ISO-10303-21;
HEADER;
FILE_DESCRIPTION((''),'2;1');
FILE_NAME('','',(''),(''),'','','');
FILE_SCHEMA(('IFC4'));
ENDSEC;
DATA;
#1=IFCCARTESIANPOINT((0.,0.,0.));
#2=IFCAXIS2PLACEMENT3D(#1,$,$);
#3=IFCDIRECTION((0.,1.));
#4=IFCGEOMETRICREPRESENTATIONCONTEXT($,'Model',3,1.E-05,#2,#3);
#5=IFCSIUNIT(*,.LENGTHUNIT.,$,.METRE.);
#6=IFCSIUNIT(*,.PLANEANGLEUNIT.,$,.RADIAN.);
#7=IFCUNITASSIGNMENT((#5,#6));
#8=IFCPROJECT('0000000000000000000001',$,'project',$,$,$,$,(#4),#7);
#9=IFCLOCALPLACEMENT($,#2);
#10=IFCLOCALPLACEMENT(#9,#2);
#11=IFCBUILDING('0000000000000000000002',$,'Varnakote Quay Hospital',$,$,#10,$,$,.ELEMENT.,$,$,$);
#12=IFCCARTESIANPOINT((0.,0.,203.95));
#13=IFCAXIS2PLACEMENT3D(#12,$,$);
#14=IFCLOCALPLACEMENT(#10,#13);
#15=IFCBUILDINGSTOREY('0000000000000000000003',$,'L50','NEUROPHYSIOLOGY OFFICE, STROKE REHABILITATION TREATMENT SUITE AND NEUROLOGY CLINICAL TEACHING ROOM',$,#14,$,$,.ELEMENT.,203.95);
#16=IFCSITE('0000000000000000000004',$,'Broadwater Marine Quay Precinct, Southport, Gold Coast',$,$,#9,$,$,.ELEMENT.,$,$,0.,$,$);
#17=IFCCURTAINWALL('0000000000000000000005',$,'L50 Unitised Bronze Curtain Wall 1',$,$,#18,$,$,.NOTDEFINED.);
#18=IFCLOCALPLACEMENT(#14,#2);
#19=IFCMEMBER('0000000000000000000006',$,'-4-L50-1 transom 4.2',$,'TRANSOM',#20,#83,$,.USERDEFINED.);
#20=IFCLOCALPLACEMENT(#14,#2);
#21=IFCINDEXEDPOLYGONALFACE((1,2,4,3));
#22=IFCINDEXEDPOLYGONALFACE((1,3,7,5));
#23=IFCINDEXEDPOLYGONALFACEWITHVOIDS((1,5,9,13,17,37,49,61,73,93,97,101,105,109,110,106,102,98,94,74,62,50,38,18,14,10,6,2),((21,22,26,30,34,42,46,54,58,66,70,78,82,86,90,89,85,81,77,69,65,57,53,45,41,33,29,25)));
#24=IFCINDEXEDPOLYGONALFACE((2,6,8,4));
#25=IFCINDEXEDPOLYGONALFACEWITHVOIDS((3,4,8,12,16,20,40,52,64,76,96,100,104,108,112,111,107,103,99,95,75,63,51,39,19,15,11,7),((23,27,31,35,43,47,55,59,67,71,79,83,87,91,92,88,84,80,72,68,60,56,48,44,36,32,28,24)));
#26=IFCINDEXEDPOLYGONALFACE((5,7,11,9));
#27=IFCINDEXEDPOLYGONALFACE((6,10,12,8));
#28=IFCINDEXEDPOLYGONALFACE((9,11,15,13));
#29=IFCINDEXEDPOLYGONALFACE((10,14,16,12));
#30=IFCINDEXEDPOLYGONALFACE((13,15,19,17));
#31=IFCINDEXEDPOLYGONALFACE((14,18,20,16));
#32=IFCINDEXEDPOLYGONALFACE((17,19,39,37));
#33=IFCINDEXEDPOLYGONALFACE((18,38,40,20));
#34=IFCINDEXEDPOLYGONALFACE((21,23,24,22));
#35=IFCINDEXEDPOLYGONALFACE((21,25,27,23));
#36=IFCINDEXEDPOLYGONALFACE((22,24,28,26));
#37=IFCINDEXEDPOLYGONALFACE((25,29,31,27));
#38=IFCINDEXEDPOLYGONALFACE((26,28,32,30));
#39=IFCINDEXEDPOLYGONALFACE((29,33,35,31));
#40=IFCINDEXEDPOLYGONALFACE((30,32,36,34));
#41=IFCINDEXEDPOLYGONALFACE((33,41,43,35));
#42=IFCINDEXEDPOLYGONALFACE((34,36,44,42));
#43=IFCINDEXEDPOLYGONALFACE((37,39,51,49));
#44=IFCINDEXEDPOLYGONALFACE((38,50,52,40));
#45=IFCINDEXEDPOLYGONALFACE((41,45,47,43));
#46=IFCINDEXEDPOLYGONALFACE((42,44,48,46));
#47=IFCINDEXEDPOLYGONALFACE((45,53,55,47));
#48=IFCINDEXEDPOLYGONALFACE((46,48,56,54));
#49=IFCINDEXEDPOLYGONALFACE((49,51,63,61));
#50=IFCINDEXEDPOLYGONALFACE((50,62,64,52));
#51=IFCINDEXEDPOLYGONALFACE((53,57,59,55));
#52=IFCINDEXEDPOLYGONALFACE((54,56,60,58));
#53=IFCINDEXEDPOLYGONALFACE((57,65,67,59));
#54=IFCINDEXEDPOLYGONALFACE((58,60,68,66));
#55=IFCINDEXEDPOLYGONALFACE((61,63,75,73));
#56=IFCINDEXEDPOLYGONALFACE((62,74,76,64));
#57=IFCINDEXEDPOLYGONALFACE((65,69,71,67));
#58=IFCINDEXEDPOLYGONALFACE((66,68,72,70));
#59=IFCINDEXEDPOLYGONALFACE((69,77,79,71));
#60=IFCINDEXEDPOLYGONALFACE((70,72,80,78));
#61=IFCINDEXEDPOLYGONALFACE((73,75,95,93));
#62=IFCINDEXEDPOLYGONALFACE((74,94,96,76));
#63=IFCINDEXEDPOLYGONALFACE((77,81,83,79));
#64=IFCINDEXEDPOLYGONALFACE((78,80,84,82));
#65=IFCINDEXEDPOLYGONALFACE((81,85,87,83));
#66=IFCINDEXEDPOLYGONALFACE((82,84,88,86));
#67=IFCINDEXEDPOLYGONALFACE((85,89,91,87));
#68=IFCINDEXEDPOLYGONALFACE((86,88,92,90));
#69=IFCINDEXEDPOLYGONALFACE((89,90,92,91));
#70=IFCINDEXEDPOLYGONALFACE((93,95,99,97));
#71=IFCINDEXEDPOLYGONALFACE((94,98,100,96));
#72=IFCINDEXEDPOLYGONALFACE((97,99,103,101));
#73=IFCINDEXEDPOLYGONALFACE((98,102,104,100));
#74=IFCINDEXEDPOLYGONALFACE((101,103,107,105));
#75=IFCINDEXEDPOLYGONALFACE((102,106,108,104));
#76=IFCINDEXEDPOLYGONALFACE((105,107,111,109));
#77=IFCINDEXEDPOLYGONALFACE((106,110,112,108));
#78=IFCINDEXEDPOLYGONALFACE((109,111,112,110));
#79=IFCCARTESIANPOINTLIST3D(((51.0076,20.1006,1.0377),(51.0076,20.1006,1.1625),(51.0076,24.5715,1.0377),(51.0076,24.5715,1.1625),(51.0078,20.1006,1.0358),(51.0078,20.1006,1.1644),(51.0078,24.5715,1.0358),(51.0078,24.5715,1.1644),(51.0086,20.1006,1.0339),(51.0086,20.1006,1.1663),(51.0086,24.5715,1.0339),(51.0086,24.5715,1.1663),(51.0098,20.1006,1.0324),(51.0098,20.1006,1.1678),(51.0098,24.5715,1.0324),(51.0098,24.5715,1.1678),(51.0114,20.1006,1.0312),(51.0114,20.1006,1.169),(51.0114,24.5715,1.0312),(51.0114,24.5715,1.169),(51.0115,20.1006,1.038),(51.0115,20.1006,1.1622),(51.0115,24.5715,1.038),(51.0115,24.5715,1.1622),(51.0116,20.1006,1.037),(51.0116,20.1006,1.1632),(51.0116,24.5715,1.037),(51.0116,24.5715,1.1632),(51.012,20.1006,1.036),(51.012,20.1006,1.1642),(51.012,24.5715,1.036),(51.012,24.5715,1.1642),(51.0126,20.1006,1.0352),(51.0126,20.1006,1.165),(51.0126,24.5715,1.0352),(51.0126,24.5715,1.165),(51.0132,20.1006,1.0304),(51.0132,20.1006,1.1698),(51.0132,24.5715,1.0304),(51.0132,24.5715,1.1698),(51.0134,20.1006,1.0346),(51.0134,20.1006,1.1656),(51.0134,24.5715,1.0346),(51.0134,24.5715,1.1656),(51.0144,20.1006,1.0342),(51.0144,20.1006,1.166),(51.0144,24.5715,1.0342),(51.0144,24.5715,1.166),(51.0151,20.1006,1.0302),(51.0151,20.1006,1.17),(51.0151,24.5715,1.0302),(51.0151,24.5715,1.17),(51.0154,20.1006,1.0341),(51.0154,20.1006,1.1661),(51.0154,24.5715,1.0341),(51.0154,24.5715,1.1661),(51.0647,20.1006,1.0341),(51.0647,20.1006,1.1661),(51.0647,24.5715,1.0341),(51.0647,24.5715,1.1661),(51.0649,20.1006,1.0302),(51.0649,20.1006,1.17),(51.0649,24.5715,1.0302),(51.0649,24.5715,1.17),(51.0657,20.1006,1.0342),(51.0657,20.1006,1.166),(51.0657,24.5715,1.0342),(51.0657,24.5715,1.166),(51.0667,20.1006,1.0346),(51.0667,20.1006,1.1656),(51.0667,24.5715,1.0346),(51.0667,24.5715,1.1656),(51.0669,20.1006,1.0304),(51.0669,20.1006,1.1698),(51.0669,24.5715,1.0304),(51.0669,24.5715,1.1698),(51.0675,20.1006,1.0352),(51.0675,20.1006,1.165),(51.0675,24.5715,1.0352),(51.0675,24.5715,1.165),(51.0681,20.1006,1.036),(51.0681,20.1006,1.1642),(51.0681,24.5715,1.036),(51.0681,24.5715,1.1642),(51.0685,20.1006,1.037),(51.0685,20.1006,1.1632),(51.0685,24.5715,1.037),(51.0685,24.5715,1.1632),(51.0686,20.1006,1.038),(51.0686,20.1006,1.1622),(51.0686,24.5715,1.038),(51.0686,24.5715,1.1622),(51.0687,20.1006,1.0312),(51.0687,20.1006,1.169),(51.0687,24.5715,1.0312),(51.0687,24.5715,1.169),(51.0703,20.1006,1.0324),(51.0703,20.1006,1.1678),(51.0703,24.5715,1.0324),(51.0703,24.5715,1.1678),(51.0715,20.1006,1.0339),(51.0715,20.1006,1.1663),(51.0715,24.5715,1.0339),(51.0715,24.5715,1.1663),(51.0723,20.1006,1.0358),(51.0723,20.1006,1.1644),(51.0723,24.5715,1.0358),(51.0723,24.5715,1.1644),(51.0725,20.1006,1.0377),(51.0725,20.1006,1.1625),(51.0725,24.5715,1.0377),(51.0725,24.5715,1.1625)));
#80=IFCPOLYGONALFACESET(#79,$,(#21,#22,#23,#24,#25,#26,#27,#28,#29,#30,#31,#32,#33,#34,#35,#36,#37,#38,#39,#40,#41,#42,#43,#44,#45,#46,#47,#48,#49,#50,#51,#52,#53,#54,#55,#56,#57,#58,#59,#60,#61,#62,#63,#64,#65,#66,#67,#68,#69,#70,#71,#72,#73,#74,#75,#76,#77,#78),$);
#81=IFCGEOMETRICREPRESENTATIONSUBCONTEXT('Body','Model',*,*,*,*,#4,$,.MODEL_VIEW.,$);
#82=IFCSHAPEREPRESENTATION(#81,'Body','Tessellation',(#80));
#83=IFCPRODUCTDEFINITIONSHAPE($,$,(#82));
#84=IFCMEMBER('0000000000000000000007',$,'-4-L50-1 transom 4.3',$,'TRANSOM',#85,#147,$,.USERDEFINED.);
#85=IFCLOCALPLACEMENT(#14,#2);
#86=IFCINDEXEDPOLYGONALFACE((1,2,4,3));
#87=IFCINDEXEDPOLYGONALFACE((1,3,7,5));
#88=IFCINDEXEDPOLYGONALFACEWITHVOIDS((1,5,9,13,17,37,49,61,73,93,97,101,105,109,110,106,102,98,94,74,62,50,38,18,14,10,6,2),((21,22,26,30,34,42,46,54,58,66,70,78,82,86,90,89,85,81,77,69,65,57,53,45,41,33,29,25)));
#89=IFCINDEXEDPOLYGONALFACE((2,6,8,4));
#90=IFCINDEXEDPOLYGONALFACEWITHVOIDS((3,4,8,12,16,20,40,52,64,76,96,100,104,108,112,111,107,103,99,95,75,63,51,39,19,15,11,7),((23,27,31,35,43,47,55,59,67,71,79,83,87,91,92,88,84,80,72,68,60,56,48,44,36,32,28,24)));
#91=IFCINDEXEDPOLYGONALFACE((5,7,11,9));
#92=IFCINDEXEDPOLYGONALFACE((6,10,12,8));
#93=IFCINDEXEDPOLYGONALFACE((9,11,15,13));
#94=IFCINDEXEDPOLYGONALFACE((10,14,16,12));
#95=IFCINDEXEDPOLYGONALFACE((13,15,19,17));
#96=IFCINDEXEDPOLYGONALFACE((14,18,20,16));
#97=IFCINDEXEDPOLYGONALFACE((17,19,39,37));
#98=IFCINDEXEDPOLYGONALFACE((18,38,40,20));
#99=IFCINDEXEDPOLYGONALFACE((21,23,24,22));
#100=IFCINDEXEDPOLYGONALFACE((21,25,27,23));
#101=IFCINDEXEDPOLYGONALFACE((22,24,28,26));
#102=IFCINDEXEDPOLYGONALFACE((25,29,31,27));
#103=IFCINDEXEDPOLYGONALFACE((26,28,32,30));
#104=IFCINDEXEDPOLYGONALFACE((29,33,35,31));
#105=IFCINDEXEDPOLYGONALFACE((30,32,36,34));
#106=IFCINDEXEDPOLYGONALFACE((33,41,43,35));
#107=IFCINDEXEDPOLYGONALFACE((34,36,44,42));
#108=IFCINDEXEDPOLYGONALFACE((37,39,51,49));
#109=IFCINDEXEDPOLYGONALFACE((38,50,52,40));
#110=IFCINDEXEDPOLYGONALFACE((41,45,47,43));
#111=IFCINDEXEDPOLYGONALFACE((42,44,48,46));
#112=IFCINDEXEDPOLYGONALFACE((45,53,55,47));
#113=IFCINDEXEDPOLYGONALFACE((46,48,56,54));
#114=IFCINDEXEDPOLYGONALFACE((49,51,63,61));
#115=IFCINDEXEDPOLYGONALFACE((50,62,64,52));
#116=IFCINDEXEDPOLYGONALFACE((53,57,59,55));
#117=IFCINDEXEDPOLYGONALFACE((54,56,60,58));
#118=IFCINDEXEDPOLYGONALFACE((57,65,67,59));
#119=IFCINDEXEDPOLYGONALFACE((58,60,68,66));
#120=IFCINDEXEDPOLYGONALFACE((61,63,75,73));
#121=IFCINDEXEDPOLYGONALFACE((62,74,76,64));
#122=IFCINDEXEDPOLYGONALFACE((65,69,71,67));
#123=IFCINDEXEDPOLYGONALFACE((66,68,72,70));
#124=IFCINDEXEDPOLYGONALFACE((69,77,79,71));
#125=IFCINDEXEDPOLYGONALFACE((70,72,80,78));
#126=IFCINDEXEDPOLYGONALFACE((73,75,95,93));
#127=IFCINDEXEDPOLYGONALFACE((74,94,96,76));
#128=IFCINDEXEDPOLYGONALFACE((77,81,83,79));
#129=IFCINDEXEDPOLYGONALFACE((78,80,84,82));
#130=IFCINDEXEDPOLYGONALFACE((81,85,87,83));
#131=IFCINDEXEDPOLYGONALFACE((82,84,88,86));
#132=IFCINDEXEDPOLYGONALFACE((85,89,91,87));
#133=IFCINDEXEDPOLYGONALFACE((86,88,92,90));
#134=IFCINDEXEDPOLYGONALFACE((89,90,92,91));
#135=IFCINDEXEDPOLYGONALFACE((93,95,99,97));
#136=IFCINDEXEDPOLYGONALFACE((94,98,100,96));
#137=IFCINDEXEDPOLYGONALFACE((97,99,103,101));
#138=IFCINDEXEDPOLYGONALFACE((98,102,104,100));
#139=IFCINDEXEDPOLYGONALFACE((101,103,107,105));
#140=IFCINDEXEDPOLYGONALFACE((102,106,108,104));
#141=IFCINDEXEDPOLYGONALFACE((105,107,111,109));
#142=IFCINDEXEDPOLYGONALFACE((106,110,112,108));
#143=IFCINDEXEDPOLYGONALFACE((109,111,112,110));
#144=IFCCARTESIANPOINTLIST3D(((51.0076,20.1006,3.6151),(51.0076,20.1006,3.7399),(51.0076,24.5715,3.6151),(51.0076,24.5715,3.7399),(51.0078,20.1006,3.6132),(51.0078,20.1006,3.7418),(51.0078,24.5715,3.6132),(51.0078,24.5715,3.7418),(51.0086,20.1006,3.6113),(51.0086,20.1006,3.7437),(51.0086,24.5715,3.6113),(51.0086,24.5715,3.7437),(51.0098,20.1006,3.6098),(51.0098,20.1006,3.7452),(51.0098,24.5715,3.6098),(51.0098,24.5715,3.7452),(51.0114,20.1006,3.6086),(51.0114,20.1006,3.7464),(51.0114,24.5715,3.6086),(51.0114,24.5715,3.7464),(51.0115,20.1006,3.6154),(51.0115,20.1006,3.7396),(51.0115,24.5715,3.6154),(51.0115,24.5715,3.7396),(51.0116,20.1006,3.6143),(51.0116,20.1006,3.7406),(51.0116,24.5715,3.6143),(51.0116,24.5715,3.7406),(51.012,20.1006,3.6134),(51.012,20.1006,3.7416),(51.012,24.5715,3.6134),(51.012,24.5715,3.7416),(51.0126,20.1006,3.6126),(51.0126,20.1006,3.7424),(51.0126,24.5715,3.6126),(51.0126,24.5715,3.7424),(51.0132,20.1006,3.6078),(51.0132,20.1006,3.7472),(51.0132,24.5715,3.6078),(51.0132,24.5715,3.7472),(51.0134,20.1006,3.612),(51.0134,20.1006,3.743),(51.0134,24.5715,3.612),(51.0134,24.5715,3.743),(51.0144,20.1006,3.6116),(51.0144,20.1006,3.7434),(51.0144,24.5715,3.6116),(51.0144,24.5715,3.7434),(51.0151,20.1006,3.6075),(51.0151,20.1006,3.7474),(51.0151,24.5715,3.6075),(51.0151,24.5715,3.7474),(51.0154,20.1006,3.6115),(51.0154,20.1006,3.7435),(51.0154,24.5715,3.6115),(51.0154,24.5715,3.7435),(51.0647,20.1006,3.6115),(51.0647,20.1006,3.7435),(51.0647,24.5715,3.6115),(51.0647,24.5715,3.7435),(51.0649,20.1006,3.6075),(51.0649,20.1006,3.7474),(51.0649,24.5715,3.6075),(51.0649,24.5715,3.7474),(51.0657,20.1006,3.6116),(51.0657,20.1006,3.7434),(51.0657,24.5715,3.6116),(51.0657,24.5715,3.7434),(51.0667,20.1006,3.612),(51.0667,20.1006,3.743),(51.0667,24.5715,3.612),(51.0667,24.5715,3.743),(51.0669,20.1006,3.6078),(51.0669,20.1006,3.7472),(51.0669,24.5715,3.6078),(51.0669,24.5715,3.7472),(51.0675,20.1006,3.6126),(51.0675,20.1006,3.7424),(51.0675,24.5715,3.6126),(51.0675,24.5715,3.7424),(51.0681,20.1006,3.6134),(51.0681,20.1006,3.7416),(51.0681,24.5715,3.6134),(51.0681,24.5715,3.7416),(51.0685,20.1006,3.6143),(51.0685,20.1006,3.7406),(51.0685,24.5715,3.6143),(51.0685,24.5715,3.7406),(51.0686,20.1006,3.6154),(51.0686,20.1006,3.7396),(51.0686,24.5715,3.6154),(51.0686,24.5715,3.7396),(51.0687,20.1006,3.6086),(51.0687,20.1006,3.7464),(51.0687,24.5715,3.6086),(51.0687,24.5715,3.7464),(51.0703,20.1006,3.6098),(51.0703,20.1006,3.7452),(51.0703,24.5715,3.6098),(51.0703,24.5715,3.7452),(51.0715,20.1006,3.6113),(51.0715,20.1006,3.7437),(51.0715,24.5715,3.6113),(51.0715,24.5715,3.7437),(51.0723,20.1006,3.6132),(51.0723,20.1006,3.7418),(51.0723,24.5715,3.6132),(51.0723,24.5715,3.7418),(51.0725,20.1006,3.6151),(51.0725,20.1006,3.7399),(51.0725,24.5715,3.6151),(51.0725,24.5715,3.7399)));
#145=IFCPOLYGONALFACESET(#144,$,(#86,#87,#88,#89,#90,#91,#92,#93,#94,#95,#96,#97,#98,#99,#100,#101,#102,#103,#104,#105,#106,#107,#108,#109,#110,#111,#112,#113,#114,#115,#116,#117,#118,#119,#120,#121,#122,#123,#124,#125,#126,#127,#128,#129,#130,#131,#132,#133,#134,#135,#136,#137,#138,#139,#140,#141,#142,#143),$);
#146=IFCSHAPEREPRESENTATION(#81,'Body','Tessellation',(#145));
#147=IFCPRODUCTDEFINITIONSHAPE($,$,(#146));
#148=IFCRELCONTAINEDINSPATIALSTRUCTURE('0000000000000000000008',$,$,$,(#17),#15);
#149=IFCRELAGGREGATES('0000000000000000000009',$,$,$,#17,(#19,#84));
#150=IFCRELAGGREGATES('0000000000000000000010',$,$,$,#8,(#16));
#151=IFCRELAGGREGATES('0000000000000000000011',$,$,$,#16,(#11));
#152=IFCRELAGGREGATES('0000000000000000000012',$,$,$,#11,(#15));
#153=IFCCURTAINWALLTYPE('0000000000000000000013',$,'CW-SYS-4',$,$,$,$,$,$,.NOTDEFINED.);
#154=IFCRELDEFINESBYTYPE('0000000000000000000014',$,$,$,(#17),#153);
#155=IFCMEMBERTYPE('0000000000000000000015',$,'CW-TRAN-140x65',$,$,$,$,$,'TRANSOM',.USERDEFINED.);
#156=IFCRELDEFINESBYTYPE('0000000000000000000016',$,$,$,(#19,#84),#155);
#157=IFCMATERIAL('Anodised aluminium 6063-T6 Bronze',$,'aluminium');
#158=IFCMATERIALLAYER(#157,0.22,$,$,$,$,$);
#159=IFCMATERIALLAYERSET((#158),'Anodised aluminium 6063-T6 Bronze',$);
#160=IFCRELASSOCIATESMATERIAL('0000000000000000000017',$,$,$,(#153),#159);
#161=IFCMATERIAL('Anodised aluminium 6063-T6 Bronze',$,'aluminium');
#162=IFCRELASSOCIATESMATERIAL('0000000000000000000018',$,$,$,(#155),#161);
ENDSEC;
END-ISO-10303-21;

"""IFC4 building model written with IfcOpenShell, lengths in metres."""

from ifc_helpers import new_model, si_unit, direction, frame, origin, origin_2d, place, context, subcontext, project, spatial, hollow_rectangle, extrude, material, layer, layer_set, material_profile, profile_set, type_object, element, aggregate, save


model = new_model("IFC4")

# Units and contexts
model_context = context("Model", 3, precision=1e-05, world=origin(), true_north=direction((0.0, 1.0)))
body_context = subcontext(model_context, "Body", "Model", "MODEL_VIEW")
ifc_project = project(units=[si_unit("LENGTHUNIT", "METRE"), si_unit("PLANEANGLEUNIT", "RADIAN")], contexts=[model_context])

# Site, building, storey
site_placement = place(None, origin())
site = spatial("IfcSite", under=ifc_project, at=site_placement, Name="Broadwater Marine Quay Precinct, Southport, Gold Coast", CompositionType="ELEMENT", RefElevation=0.0)
building_placement = place(site_placement, origin())
building = spatial("IfcBuilding", under=site, at=building_placement, Name="Varnakote Quay Hospital", CompositionType="ELEMENT")
storey_placement = place(building_placement, frame((0.0, 0.0, 203.95)))
storey = spatial("IfcBuildingStorey", under=building, at=storey_placement, Name="L50", Description="NEUROPHYSIOLOGY OFFICE, STROKE REHABILITATION TREATMENT SUITE AND NEUROLOGY CLINICAL TEACHING ROOM", CompositionType="ELEMENT", Elevation=203.95)

# Curtain wall
ifc_material_1 = material(Name="Anodised aluminium 6063-T6 Bronze", Category="aluminium")
ifc_layer_1 = layer(ifc_material_1, 0.22)
ifc_layer_set_1 = layer_set([ifc_layer_1], Name="Anodised aluminium 6063-T6 Bronze")
curtain_wall_type = type_object("IfcCurtainWallType", Name="CW-SYS-4", PredefinedType="NOTDEFINED", material=ifc_layer_set_1)
curtain_wall_1_placement = place(storey_placement, origin())
curtain_wall_1 = element("IfcCurtainWall", 1, at=curtain_wall_1_placement, inside=storey, type_object=curtain_wall_type, Name="L50 Unitised Bronze Curtain Wall 1", PredefinedType="NOTDEFINED")

# Members
ifc_material_2 = material(Name="Anodised aluminium 6063-T6 Bronze", Category="aluminium")
ifc_material_profile_1 = material_profile(ifc_material_2, hollow_rectangle(XDim=0.0649, YDim=0.1399, WallThickness=0.0039, InnerFilletRadius=0.0039, OuterFilletRadius=0.0076, at=origin_2d()), Name="CW-TRAN-140x65")
ifc_profile_set_1 = profile_set([ifc_material_profile_1], Name="Anodised aluminium 6063-T6 Bronze")
member_type_1 = type_object("IfcMemberType", Name="CW-TRAN-140x65", ElementType="TRANSOM", PredefinedType="USERDEFINED", material=ifc_profile_set_1)
member_1_placement = place(storey_placement, frame((51.04, 20.1006, 1.1001), z_axis=(0.0, 1.0, 0.0), x_axis=(-1.0, 0.0, 0.0)))
member_1 = element("IfcMember", 2, at=member_1_placement, type_object=member_type_1, Name="-4-L50-1 transom 4.2", ObjectType="TRANSOM", PredefinedType="USERDEFINED", context=body_context, shape_type="SweptSolid", body=[
    extrude(hollow_rectangle(XDim=0.0649, YDim=0.1399, WallThickness=0.0039, InnerFilletRadius=0.0039, OuterFilletRadius=0.0076, at=origin_2d()), origin(), (0.0, 0.0, 1.0), 4.4709),
])
member_2_placement = place(storey_placement, frame((51.04, 20.1006, 3.6775), z_axis=(0.0, 1.0, 0.0), x_axis=(-1.0, 0.0, 0.0)))
member_2 = element("IfcMember", 3, at=member_2_placement, type_object=member_type_1, Name="-4-L50-1 transom 4.3", ObjectType="TRANSOM", PredefinedType="USERDEFINED", context=body_context, shape_type="SweptSolid", body=[
    extrude(hollow_rectangle(XDim=0.0649, YDim=0.1399, WallThickness=0.0039, InnerFilletRadius=0.0039, OuterFilletRadius=0.0076, at=origin_2d()), origin(), (0.0, 0.0, 1.0), 4.4709),
])

aggregate(curtain_wall_1, [member_1, member_2])

save(model, "model.ifc")
